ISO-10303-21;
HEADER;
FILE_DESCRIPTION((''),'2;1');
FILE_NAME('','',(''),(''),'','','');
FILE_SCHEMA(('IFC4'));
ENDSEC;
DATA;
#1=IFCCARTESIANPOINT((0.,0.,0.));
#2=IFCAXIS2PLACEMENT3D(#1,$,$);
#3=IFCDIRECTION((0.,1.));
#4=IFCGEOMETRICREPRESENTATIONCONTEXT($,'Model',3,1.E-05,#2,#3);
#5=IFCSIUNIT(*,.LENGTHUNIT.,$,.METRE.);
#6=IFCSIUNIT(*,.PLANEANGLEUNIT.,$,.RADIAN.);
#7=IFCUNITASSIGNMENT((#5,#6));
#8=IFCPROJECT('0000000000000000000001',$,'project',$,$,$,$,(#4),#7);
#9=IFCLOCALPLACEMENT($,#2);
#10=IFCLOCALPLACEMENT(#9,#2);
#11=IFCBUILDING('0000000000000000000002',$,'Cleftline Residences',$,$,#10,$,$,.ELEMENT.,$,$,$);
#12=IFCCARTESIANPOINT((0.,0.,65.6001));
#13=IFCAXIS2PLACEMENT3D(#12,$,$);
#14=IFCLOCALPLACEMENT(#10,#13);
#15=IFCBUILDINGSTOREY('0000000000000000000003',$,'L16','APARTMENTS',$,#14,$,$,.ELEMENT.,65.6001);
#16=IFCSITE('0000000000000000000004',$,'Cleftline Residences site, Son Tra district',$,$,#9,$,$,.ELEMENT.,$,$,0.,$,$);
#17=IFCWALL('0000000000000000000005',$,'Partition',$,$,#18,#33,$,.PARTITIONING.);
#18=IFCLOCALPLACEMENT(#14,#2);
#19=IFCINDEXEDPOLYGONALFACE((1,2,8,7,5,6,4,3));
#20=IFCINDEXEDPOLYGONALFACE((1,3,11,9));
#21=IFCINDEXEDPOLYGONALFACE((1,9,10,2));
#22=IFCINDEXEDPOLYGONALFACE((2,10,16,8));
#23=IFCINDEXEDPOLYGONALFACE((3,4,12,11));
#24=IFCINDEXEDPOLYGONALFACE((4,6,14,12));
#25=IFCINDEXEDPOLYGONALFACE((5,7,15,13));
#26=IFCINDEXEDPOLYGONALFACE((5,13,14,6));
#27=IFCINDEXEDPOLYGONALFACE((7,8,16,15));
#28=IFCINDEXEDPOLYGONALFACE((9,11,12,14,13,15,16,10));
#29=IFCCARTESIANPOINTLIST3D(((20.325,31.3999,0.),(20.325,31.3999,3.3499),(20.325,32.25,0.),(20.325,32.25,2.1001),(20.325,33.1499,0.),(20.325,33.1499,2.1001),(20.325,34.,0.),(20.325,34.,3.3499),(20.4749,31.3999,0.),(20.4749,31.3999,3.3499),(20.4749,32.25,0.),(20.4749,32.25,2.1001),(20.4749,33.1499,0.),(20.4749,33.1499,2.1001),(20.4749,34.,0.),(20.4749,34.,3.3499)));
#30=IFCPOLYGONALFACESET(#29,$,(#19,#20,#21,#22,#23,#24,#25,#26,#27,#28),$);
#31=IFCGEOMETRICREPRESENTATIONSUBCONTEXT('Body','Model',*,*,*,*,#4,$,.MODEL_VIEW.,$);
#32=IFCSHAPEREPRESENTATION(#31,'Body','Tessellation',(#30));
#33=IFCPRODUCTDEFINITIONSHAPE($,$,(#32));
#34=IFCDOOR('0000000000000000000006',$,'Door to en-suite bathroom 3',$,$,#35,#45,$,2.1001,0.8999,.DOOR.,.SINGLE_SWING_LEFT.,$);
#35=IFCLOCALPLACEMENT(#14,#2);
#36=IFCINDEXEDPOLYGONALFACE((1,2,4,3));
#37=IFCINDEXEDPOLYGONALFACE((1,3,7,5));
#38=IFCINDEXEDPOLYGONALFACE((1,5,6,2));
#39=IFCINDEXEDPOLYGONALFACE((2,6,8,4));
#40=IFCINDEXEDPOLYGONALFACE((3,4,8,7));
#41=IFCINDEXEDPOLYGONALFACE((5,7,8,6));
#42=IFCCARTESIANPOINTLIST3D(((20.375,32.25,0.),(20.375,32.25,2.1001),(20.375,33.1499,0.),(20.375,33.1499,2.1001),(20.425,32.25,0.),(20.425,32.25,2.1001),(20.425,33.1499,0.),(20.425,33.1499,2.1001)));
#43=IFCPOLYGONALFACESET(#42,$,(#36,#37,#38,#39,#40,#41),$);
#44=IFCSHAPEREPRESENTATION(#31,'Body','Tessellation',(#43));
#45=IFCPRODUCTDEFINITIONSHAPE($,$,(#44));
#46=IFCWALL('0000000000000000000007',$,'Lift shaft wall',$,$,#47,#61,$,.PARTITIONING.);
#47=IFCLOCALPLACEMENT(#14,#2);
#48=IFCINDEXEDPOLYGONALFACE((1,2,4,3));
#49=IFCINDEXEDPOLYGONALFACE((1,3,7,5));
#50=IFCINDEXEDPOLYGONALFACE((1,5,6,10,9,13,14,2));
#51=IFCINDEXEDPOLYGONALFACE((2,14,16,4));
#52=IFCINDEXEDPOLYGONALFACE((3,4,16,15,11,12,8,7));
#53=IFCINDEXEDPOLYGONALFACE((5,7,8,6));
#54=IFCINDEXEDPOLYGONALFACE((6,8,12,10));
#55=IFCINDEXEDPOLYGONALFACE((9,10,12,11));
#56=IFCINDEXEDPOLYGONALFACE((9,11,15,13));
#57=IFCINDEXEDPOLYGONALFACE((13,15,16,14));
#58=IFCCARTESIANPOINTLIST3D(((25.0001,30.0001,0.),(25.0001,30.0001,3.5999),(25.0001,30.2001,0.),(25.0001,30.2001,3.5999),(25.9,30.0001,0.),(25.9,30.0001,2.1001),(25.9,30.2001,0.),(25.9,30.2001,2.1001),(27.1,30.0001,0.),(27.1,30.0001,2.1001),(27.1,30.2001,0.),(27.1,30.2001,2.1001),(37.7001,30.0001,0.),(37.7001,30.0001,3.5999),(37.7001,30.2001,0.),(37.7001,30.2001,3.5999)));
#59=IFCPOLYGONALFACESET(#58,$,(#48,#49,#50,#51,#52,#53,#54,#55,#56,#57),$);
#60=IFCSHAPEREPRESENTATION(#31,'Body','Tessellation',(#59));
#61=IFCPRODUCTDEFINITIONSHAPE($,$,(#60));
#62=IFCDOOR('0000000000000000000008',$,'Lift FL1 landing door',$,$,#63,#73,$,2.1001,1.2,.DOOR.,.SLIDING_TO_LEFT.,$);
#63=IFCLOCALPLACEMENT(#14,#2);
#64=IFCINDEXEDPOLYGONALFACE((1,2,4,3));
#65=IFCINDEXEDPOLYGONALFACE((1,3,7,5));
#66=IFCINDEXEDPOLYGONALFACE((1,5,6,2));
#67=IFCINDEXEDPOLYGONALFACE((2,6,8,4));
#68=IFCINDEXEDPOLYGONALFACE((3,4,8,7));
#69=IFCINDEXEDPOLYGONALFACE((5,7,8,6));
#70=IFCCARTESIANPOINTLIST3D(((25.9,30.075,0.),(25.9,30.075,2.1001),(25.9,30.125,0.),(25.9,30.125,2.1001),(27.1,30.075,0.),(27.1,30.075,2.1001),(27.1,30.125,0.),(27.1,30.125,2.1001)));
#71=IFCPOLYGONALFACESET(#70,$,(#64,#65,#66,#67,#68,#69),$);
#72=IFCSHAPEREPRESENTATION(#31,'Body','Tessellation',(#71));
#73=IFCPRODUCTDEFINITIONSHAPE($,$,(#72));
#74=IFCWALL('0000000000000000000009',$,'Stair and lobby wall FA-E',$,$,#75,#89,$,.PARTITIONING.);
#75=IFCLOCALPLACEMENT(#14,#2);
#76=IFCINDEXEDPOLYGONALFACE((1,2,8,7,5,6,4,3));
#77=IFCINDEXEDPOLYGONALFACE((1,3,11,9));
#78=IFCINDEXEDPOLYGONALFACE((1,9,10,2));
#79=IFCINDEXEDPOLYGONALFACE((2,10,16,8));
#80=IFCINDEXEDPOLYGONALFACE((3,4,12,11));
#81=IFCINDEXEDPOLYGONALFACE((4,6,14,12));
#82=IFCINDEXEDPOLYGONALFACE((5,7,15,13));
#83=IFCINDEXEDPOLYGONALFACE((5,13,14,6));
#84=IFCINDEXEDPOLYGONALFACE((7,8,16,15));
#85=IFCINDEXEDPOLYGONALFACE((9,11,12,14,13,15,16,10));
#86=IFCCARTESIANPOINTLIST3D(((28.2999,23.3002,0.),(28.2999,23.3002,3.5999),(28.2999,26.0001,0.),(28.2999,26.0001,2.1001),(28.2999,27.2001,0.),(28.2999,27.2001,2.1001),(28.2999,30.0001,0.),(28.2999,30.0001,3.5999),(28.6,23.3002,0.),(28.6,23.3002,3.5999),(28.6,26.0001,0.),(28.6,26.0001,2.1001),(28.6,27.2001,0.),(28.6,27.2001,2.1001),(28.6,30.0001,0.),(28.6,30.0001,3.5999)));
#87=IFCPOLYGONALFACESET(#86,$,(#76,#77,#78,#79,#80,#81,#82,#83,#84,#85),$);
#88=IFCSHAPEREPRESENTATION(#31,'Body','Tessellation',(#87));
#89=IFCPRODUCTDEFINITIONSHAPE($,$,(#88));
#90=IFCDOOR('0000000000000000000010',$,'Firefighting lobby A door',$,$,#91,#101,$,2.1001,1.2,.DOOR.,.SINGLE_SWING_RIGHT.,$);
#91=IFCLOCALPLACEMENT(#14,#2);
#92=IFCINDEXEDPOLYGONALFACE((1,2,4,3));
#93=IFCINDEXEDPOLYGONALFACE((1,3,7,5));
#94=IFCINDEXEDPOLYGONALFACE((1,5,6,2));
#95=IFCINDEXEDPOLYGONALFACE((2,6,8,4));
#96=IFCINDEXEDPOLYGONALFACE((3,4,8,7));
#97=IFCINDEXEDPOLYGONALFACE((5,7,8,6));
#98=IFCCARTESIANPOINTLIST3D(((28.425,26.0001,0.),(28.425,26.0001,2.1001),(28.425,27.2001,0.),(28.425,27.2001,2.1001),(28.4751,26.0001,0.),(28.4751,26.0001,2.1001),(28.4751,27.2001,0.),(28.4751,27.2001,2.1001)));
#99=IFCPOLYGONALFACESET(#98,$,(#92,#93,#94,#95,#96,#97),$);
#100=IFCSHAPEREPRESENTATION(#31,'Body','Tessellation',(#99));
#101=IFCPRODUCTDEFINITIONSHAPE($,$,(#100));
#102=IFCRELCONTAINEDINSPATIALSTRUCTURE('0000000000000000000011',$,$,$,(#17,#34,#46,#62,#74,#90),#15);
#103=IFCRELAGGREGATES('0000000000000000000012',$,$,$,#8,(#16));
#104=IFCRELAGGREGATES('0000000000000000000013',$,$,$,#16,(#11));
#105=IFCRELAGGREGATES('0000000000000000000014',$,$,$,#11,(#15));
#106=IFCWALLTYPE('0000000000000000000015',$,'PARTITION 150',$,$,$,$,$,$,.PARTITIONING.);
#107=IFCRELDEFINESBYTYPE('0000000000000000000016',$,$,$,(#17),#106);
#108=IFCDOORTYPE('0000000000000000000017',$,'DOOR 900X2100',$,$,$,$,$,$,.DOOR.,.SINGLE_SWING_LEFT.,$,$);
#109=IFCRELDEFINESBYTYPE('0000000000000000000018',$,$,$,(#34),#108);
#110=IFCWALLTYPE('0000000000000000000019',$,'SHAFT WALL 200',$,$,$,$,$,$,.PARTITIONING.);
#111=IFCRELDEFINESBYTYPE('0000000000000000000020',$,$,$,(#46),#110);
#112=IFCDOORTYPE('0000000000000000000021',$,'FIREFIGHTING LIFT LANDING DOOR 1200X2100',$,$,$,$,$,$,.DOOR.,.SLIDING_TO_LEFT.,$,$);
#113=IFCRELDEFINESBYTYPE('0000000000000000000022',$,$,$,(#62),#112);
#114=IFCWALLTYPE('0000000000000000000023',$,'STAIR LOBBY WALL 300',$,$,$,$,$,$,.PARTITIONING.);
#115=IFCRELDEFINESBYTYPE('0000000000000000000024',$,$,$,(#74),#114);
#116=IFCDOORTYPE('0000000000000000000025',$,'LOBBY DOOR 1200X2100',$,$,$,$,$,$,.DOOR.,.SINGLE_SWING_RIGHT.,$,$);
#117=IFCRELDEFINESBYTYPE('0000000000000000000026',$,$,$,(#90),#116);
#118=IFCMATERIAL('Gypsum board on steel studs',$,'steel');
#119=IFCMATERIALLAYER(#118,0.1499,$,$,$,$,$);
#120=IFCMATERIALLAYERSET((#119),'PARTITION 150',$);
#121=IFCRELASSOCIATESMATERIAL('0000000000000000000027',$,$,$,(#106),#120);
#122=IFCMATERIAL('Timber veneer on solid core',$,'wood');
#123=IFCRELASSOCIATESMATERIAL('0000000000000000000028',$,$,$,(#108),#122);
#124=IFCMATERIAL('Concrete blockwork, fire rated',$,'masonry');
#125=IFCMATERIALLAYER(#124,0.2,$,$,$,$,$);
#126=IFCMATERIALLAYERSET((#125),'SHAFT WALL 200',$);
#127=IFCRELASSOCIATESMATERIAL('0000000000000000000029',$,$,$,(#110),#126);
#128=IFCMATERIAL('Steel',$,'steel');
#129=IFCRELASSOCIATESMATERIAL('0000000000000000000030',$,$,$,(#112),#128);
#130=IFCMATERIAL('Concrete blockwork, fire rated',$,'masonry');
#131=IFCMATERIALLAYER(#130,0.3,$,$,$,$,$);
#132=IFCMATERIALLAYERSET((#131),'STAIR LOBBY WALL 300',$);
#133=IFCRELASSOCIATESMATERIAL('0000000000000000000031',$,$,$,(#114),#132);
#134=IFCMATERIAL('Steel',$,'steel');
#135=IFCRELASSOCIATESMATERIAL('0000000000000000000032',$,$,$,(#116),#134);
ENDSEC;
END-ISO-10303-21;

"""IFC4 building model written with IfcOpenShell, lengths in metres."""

from ifc_helpers import new_model, si_unit, direction, frame, frame_2d, origin, place, context, subcontext, project, spatial, rectangle, extrude, material, layer, layer_set, type_object, element, fill, save


model = new_model("IFC4")

# Units and contexts
model_context = context("Model", 3, precision=1e-05, world=origin(), true_north=direction((0.0, 1.0)))
body_context = subcontext(model_context, "Body", "Model", "MODEL_VIEW")
ifc_project = project(units=[si_unit("LENGTHUNIT", "METRE"), si_unit("PLANEANGLEUNIT", "RADIAN")], contexts=[model_context])

# Site, building, storey
site_placement = place(None, origin())
site = spatial("IfcSite", under=ifc_project, at=site_placement, Name="Cleftline Residences site, Son Tra district", CompositionType="ELEMENT", RefElevation=0.0)
building_placement = place(site_placement, origin())
building = spatial("IfcBuilding", under=site, at=building_placement, Name="Cleftline Residences", CompositionType="ELEMENT")
storey_placement = place(building_placement, frame((0.0, 0.0, 65.6001)))
storey = spatial("IfcBuildingStorey", under=building, at=storey_placement, Name="L16", Description="APARTMENTS", CompositionType="ELEMENT", Elevation=65.6001)

# Shared definitions
ifc_material_1 = material(Name="Gypsum board on steel studs", Category="steel")
ifc_layer_1 = layer(ifc_material_1, 0.1499)
ifc_layer_set_1 = layer_set([ifc_layer_1], Name="PARTITION 150")
wall_type_1 = type_object("IfcWallType", Name="PARTITION 150", PredefinedType="PARTITIONING", material=ifc_layer_set_1)

# Walls, openings, doors
wall_1_placement = place(storey_placement, frame((20.3999, 31.3999, 0.0), z_axis=(0.0, 0.0, 1.0), x_axis=(0.0, 1.0, 0.0)))
wall_1 = element("IfcWall", 1, at=wall_1_placement, inside=storey, type_object=wall_type_1, Name="Partition", PredefinedType="PARTITIONING", context=body_context, shape_type="SweptSolid", body=[
    extrude(rectangle(XDim=2.6001, YDim=0.1499, at=frame_2d((1.3, 0.0))), origin(), (0.0, 0.0, 1.0), 3.3499),
])
opening_1_placement = place(wall_1_placement, frame((0.8501, 0.0, 0.0)))
opening_1 = element("IfcOpeningElement", 2, at=opening_1_placement, cuts=wall_1, PredefinedType="OPENING", context=body_context, shape_type="SweptSolid", body=[
    extrude(rectangle(XDim=0.8999, YDim=2.1001, at=frame_2d((0.45, 1.05))), frame((0.0, 0.085, 0.0), z_axis=(0.0, -1.0, 0.0), x_axis=(1.0, 0.0, 0.0)), (0.0, 0.0, 1.0), 0.1699),
])
ifc_material_2 = material(Name="Timber veneer on solid core", Category="wood")
door_type_1 = type_object("IfcDoorType", Name="DOOR 900X2100", OperationType="SINGLE_SWING_LEFT", PredefinedType="DOOR", material=ifc_material_2)
door_1_placement = place(opening_1_placement, origin())
door_1 = element("IfcDoor", 3, at=door_1_placement, inside=storey, type_object=door_type_1, Name="Door to en-suite bathroom 3", OperationType="SINGLE_SWING_LEFT", OverallHeight=2.1001, OverallWidth=0.8999, PredefinedType="DOOR", context=body_context, shape_type="SweptSolid", body=[
    extrude(rectangle(XDim=0.8999, YDim=2.1001, at=frame_2d((0.45, 1.05))), frame((0.0, 0.0249, 0.0), z_axis=(0.0, -1.0, 0.0), x_axis=(1.0, 0.0, 0.0)), (0.0, 0.0, 1.0), 0.05),
])
fill(opening_1, door_1)
ifc_material_3 = material(Name="Concrete blockwork, fire rated", Category="masonry")
ifc_layer_2 = layer(ifc_material_3, 0.2)
ifc_layer_set_2 = layer_set([ifc_layer_2], Name="SHAFT WALL 200")
wall_type_2 = type_object("IfcWallType", Name="SHAFT WALL 200", PredefinedType="PARTITIONING", material=ifc_layer_set_2)
wall_2_placement = place(storey_placement, frame((25.0, 30.1001, 0.0), z_axis=(0.0, 0.0, 1.0), x_axis=(1.0, 0.0, 0.0)))
wall_2 = element("IfcWall", 4, at=wall_2_placement, inside=storey, type_object=wall_type_2, Name="Lift shaft wall", PredefinedType="PARTITIONING", context=body_context, shape_type="SweptSolid", body=[
    extrude(rectangle(XDim=12.7, YDim=0.2, at=frame_2d((6.3501, 0.0))), origin(), (0.0, 0.0, 1.0), 3.5999),
])
opening_2_placement = place(wall_2_placement, frame((0.8999, 0.0, 0.0)))
opening_2 = element("IfcOpeningElement", 5, at=opening_2_placement, cuts=wall_2, PredefinedType="OPENING", context=body_context, shape_type="SweptSolid", body=[
    extrude(rectangle(XDim=1.2, YDim=2.1001, at=frame_2d((0.6001, 1.05))), frame((0.0, 0.1099, 0.0), z_axis=(0.0, -1.0, 0.0), x_axis=(1.0, 0.0, 0.0)), (0.0, 0.0, 1.0), 0.22),
])
ifc_material_4 = material(Name="Steel", Category="steel")
door_type_2 = type_object("IfcDoorType", Name="FIREFIGHTING LIFT LANDING DOOR 1200X2100", OperationType="SLIDING_TO_LEFT", PredefinedType="DOOR", material=ifc_material_4)
door_2_placement = place(opening_2_placement, origin())
door_2 = element("IfcDoor", 6, at=door_2_placement, inside=storey, type_object=door_type_2, Name="Lift FL1 landing door", OperationType="SLIDING_TO_LEFT", OverallHeight=2.1001, OverallWidth=1.2, PredefinedType="DOOR", context=body_context, shape_type="SweptSolid", body=[
    extrude(rectangle(XDim=1.2, YDim=2.1001, at=frame_2d((0.6001, 1.05))), frame((0.0, 0.0249, 0.0), z_axis=(0.0, -1.0, 0.0), x_axis=(1.0, 0.0, 0.0)), (0.0, 0.0, 1.0), 0.05),
])
fill(opening_2, door_2)
ifc_material_5 = material(Name="Concrete blockwork, fire rated", Category="masonry")
ifc_layer_3 = layer(ifc_material_5, 0.3)
ifc_layer_set_3 = layer_set([ifc_layer_3], Name="STAIR LOBBY WALL 300")
wall_type_3 = type_object("IfcWallType", Name="STAIR LOBBY WALL 300", PredefinedType="PARTITIONING", material=ifc_layer_set_3)
wall_3_placement = place(storey_placement, frame((28.45, 23.3, 0.0), z_axis=(0.0, 0.0, 1.0), x_axis=(0.0, 1.0, 0.0)))
wall_3 = element("IfcWall", 7, at=wall_3_placement, inside=storey, type_object=wall_type_3, Name="Stair and lobby wall FA-E", PredefinedType="PARTITIONING", context=body_context, shape_type="SweptSolid", body=[
    extrude(rectangle(XDim=6.7, YDim=0.3, at=frame_2d((3.3501, 0.0))), origin(), (0.0, 0.0, 1.0), 3.5999),
])
opening_3_placement = place(wall_3_placement, frame((2.7, 0.0, 0.0)))
opening_3 = element("IfcOpeningElement", 8, at=opening_3_placement, cuts=wall_3, PredefinedType="OPENING", context=body_context, shape_type="SweptSolid", body=[
    extrude(rectangle(XDim=1.2, YDim=2.1001, at=frame_2d((0.6001, 1.05))), frame((0.0, 0.1599, 0.0), z_axis=(0.0, -1.0, 0.0), x_axis=(1.0, 0.0, 0.0)), (0.0, 0.0, 1.0), 0.3201),
])
ifc_material_6 = material(Name="Steel", Category="steel")
door_type_3 = type_object("IfcDoorType", Name="LOBBY DOOR 1200X2100", OperationType="SINGLE_SWING_RIGHT", PredefinedType="DOOR", material=ifc_material_6)
door_3_placement = place(opening_3_placement, origin())
door_3 = element("IfcDoor", 9, at=door_3_placement, inside=storey, type_object=door_type_3, Name="Firefighting lobby A door", OperationType="SINGLE_SWING_RIGHT", OverallHeight=2.1001, OverallWidth=1.2, PredefinedType="DOOR", context=body_context, shape_type="SweptSolid", body=[
    extrude(rectangle(XDim=1.2, YDim=2.1001, at=frame_2d((0.6001, 1.05))), frame((0.0, 0.0249, 0.0), z_axis=(0.0, -1.0, 0.0), x_axis=(1.0, 0.0, 0.0)), (0.0, 0.0, 1.0), 0.05),
])
fill(opening_3, door_3)

save(model, "model.ifc")
